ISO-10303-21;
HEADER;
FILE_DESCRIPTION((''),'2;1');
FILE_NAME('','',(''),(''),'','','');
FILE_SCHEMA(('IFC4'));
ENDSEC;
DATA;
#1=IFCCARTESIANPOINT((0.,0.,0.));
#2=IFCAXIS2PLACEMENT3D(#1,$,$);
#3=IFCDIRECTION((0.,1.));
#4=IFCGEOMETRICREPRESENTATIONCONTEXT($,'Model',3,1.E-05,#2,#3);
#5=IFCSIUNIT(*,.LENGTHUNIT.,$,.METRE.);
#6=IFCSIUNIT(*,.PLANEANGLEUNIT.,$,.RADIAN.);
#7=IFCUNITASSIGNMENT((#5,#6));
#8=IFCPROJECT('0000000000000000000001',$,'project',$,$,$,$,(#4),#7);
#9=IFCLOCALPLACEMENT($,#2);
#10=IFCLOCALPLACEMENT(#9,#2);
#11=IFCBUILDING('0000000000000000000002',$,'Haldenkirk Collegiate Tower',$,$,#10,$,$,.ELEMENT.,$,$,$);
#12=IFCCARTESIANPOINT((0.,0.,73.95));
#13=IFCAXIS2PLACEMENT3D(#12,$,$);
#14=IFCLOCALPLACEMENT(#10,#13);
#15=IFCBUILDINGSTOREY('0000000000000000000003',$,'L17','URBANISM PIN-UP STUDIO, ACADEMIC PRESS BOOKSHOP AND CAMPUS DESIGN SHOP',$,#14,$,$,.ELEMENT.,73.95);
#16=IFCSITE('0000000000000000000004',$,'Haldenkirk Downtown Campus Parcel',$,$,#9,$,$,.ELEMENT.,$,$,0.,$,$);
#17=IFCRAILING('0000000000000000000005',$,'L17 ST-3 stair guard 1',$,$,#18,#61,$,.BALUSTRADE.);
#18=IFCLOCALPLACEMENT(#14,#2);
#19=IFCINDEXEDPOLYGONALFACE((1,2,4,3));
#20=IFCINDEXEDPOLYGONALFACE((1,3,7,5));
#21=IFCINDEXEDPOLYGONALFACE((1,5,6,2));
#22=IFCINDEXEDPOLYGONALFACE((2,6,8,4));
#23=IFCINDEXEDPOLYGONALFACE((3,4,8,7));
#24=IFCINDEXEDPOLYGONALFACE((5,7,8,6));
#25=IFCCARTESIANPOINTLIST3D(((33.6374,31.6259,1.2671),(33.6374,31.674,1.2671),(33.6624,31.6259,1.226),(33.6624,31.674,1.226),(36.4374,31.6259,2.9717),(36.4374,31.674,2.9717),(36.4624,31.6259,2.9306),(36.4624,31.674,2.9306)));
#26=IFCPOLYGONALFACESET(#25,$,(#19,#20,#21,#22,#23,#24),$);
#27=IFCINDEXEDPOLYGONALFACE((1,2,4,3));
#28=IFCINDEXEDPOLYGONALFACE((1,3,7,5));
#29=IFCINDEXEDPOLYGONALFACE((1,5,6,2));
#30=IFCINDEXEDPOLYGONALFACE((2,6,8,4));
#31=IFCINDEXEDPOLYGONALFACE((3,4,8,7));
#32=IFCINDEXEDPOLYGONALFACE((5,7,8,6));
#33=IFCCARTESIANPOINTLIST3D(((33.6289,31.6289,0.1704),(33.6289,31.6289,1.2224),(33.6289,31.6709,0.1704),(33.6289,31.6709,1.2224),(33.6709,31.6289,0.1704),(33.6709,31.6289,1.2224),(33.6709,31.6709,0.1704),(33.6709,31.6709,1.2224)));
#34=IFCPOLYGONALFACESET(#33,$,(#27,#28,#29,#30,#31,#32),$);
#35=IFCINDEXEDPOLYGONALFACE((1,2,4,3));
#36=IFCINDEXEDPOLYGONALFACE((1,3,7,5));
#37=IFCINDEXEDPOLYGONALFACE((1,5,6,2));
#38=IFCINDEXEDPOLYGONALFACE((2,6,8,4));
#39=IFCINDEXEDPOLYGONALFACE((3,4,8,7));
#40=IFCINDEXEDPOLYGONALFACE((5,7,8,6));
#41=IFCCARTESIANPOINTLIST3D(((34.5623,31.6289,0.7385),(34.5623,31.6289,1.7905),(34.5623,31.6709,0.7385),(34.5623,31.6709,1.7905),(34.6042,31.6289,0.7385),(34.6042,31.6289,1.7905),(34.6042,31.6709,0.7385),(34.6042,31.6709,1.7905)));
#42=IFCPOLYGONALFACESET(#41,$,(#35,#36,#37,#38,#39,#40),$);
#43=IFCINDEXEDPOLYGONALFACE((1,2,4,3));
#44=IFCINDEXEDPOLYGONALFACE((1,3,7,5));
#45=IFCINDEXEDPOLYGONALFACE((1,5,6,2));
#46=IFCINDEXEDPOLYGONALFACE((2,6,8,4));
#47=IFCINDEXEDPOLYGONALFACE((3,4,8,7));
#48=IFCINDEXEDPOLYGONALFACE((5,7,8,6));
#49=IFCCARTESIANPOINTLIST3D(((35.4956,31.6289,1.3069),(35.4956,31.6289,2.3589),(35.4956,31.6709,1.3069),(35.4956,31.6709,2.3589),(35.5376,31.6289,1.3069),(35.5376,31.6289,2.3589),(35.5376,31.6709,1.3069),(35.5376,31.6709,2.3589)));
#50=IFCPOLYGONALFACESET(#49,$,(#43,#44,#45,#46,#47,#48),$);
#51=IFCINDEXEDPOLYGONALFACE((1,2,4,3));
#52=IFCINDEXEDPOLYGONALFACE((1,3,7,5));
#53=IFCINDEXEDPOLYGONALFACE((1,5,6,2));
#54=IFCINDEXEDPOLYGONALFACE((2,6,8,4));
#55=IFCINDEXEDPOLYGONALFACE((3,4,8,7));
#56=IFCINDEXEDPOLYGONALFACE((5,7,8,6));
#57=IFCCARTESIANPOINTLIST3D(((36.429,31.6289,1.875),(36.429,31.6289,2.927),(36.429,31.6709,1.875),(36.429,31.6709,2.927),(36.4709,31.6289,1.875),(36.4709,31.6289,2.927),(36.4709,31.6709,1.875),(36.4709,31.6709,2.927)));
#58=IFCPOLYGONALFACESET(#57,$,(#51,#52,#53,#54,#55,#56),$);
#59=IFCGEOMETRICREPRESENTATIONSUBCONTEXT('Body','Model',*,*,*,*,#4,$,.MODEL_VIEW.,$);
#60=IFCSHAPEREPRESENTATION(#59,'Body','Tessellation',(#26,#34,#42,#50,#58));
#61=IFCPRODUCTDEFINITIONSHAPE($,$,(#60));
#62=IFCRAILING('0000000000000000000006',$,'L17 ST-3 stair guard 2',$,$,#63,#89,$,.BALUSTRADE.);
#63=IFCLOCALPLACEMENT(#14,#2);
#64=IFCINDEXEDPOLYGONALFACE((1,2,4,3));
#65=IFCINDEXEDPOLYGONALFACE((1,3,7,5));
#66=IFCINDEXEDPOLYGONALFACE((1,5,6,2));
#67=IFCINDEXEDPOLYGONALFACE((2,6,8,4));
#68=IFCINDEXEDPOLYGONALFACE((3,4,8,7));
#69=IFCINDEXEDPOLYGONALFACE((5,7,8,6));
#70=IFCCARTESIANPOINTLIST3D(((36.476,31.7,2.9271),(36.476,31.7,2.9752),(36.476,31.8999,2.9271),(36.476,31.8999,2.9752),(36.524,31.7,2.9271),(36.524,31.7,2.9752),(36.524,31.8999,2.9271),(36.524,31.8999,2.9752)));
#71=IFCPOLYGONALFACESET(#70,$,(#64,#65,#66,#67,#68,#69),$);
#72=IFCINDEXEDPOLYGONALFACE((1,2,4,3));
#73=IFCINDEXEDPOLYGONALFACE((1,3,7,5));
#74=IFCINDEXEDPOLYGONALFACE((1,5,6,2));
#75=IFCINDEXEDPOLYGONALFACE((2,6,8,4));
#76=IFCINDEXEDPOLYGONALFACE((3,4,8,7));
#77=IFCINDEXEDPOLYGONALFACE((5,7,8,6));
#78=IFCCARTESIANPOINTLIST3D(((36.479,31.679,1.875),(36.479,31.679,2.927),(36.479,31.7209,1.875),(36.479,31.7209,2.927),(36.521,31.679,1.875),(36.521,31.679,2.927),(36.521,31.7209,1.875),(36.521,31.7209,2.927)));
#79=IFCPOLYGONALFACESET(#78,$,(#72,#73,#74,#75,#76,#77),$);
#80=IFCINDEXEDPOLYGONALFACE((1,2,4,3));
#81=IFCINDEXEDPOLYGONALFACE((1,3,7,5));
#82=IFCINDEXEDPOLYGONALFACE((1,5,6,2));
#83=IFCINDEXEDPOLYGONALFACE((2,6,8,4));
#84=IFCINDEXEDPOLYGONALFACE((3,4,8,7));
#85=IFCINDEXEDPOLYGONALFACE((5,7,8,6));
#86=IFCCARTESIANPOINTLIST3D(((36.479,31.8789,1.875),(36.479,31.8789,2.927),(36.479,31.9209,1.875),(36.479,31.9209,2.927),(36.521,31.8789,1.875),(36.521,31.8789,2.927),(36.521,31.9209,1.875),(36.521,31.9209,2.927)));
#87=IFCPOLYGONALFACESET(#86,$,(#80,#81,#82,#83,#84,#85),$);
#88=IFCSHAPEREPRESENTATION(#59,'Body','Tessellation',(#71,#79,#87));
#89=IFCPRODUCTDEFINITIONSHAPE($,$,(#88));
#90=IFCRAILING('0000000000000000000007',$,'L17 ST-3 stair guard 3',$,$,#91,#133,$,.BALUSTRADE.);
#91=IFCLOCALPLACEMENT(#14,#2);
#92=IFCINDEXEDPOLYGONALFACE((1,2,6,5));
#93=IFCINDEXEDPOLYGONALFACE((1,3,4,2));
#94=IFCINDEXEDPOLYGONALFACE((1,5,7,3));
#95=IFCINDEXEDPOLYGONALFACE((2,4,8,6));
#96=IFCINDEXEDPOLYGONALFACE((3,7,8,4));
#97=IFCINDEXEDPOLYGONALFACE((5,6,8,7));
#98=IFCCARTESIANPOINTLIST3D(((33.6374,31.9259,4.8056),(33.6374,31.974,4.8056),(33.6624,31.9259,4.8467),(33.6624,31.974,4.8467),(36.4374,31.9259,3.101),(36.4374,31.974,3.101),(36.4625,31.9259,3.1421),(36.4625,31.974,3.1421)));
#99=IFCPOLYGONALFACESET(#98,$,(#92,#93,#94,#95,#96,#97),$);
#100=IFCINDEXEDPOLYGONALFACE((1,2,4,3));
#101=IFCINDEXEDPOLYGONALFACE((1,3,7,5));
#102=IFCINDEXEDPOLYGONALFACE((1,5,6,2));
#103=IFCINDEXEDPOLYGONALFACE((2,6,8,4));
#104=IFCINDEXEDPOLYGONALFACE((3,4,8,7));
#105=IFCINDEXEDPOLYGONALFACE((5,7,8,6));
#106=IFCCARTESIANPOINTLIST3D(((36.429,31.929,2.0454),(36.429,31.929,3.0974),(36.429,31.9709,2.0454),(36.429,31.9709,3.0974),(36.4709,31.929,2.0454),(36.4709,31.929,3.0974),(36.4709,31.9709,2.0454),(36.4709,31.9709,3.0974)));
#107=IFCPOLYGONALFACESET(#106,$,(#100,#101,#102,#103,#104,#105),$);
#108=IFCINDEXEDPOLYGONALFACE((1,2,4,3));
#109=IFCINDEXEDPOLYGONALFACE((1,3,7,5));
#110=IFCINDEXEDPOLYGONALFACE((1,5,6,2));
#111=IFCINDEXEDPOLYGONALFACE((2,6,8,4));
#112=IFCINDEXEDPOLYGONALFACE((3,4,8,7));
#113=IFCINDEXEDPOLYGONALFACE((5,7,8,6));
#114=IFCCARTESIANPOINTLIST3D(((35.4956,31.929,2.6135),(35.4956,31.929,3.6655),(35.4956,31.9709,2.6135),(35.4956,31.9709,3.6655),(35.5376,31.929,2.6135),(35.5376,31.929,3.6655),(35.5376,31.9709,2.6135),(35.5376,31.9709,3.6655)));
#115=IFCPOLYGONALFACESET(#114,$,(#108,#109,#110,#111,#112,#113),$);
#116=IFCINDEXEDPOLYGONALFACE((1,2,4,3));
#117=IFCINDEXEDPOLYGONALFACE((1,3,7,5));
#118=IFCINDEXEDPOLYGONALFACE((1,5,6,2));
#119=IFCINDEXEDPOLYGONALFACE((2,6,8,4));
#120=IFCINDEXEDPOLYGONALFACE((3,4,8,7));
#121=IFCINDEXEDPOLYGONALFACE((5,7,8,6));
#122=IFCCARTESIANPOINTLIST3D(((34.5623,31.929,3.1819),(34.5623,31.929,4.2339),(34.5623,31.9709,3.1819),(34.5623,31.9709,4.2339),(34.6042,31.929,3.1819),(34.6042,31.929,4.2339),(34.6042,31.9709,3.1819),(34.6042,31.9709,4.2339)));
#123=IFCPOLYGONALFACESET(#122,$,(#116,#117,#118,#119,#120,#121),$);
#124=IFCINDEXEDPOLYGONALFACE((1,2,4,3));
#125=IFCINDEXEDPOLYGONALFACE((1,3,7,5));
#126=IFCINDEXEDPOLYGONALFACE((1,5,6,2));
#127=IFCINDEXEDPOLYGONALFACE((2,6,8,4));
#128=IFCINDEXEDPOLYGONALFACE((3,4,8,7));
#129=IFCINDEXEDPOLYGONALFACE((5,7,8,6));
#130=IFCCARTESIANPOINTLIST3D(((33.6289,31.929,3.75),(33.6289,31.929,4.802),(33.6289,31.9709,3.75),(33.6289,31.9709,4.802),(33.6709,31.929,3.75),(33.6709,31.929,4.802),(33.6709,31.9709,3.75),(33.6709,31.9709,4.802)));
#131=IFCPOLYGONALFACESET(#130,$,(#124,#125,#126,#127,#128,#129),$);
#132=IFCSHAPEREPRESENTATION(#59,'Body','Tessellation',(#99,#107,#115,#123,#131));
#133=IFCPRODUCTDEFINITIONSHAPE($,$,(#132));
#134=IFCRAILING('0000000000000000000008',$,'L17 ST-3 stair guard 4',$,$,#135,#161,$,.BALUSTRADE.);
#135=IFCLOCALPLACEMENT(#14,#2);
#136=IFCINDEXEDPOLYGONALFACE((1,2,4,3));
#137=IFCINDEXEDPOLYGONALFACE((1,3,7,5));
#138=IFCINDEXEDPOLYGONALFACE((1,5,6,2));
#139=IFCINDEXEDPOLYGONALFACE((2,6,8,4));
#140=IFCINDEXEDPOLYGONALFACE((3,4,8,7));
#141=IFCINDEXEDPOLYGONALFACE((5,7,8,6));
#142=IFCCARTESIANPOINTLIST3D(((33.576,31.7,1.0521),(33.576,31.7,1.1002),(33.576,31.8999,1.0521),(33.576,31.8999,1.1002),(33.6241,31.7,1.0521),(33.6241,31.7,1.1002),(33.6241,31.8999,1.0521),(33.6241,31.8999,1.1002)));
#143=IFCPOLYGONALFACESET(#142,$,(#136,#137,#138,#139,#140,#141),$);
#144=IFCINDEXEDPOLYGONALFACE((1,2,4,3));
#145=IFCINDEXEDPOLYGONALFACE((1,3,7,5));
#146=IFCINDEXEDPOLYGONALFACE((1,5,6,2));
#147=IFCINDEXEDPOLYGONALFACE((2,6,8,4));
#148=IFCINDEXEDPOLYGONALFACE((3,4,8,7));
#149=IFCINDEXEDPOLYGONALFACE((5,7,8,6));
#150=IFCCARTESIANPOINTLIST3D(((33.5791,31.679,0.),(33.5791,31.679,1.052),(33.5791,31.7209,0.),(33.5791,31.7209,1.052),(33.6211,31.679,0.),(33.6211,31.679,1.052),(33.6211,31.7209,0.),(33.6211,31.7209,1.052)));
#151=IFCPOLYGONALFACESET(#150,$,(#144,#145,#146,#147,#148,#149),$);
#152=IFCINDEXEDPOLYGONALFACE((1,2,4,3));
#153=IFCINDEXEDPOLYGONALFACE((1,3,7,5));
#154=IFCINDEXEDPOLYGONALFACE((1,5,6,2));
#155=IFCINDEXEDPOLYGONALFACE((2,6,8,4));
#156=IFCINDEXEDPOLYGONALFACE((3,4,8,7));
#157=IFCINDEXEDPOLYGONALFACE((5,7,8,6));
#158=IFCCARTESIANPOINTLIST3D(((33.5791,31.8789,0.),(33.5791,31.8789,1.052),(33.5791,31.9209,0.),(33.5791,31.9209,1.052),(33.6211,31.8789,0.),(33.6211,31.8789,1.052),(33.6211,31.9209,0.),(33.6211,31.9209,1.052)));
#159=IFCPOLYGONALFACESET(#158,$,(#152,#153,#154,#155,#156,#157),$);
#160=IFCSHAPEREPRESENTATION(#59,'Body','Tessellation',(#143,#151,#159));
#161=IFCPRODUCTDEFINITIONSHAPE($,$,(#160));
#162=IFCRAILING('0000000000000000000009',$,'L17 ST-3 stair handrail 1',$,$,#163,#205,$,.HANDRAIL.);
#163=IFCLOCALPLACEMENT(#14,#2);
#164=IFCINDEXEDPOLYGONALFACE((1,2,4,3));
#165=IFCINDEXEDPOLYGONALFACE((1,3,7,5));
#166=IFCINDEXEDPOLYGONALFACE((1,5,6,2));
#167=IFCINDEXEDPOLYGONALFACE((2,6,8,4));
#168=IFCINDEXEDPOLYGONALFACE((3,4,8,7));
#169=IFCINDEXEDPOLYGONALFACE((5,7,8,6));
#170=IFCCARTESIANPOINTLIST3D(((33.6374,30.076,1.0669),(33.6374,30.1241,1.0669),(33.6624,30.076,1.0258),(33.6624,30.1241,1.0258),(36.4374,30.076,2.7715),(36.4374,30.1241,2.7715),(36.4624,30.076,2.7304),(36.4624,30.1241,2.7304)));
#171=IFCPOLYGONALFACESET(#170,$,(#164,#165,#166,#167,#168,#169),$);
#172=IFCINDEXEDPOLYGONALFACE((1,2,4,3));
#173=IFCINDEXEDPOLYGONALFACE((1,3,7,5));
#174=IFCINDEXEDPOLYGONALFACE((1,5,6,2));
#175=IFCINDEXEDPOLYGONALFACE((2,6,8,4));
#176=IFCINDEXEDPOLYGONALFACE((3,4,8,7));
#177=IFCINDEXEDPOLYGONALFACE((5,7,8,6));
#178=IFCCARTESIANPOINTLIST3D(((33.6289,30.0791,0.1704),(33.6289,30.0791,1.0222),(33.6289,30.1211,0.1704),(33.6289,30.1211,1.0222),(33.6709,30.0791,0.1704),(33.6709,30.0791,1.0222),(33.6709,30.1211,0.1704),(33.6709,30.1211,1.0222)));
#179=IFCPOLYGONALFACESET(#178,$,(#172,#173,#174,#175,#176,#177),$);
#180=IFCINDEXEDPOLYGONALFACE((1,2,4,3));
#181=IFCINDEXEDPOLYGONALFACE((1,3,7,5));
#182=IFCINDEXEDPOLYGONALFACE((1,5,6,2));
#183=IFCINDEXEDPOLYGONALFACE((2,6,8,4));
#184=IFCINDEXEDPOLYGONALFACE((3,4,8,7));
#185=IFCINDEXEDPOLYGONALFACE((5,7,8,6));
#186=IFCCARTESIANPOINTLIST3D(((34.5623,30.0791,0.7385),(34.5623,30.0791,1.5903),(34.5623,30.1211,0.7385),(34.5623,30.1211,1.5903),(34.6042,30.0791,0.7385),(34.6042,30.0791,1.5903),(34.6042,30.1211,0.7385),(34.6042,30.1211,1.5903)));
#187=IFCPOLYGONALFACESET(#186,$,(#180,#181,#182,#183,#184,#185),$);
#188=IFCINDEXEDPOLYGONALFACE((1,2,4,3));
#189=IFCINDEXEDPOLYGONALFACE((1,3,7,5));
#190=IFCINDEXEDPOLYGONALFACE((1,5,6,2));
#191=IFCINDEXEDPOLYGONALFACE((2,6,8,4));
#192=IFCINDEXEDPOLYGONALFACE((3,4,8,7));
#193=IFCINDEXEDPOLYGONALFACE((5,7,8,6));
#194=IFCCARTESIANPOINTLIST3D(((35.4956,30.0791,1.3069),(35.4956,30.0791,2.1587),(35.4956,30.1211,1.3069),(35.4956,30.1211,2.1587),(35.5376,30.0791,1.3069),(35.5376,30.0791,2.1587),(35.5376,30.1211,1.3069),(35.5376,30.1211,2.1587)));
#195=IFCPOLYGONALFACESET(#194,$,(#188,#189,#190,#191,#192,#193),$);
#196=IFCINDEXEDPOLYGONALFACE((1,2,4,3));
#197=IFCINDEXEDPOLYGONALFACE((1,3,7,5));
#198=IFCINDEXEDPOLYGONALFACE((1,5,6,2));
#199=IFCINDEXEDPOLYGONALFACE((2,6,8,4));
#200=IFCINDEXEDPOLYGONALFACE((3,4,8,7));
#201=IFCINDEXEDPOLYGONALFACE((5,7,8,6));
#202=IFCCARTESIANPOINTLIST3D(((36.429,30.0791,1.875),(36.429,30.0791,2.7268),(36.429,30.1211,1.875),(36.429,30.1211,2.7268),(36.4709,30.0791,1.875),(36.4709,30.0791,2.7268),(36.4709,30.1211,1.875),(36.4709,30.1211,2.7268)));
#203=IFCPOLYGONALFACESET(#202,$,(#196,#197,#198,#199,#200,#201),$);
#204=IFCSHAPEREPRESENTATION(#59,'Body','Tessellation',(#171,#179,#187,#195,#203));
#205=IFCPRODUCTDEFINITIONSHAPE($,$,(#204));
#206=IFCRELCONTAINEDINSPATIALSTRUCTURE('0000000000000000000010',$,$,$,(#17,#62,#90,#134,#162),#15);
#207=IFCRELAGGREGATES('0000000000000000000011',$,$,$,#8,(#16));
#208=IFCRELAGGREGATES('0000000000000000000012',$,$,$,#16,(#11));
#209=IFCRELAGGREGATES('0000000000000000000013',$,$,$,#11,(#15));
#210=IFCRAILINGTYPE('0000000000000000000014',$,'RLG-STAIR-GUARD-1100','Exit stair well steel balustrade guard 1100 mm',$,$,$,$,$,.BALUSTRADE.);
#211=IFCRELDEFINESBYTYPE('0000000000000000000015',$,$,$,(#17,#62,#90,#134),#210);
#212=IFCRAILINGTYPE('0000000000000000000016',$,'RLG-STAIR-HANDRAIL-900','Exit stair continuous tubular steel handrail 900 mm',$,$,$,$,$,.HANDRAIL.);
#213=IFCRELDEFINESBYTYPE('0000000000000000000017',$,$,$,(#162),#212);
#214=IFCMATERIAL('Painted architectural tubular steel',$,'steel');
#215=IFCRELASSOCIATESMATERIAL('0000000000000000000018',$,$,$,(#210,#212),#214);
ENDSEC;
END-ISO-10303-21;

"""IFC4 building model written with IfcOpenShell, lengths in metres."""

from ifc_helpers import new_model, si_unit, direction, frame, origin, origin_2d, place, context, subcontext, project, spatial, rectangle, extrude, material, type_object, element, save


model = new_model("IFC4")

# Units and contexts
model_context = context("Model", 3, precision=1e-05, world=origin(), true_north=direction((0.0, 1.0)))
body_context = subcontext(model_context, "Body", "Model", "MODEL_VIEW")
ifc_project = project(units=[si_unit("LENGTHUNIT", "METRE"), si_unit("PLANEANGLEUNIT", "RADIAN")], contexts=[model_context])

# Site, building, storey
site_placement = place(None, origin())
site = spatial("IfcSite", under=ifc_project, at=site_placement, Name="Haldenkirk Downtown Campus Parcel", CompositionType="ELEMENT", RefElevation=0.0)
building_placement = place(site_placement, origin())
building = spatial("IfcBuilding", under=site, at=building_placement, Name="Haldenkirk Collegiate Tower", CompositionType="ELEMENT")
storey_placement = place(building_placement, frame((0.0, 0.0, 73.95)))
storey = spatial("IfcBuildingStorey", under=building, at=storey_placement, Name="L17", Description="URBANISM PIN-UP STUDIO, ACADEMIC PRESS BOOKSHOP AND CAMPUS DESIGN SHOP", CompositionType="ELEMENT", Elevation=73.95)

# Railings
ifc_material_1 = material(Name="Painted architectural tubular steel", Category="steel")
railing_type_1 = type_object("IfcRailingType", Name="RLG-STAIR-GUARD-1100", Description="Exit stair well steel balustrade guard 1100 mm", PredefinedType="BALUSTRADE", material=ifc_material_1)
railing_1_placement = place(storey_placement, frame((33.6499, 31.6499, 0.1704)))
element("IfcRailing", 1, at=railing_1_placement, inside=storey, type_object=railing_type_1, Name="L17 ST-3 stair guard 1", PredefinedType="BALUSTRADE", context=body_context, shape_type="SweptSolid", body=[
    extrude(rectangle(XDim=0.0481, YDim=0.0481, at=origin_2d()), frame((0.0, 0.0, 1.0762), z_axis=(0.85417, 0.0, 0.519994), x_axis=(0.0, 1.0, 0.0)), (0.0, 0.0, 1.0), 3.2781),
    extrude(rectangle(XDim=0.042, YDim=0.042, at=origin_2d()), origin(), (0.0, 0.0, 1.0), 1.052),
    extrude(rectangle(XDim=0.042, YDim=0.042, at=origin_2d()), frame((0.9333, 0.0, 0.5681)), (0.0, 0.0, 1.0), 1.052),
    extrude(rectangle(XDim=0.042, YDim=0.042, at=origin_2d()), frame((1.8667, 0.0, 1.1365)), (0.0, 0.0, 1.0), 1.052),
    extrude(rectangle(XDim=0.042, YDim=0.042, at=origin_2d()), frame((2.8, 0.0, 1.7046)), (0.0, 0.0, 1.0), 1.052),
])
railing_2_placement = place(storey_placement, frame((36.5, 31.7, 1.875)))
element("IfcRailing", 2, at=railing_2_placement, inside=storey, type_object=railing_type_1, Name="L17 ST-3 stair guard 2", PredefinedType="BALUSTRADE", context=body_context, shape_type="SweptSolid", body=[
    extrude(rectangle(XDim=0.0481, YDim=0.0481, at=origin_2d()), frame((0.0, 0.0, 1.0762), z_axis=(0.0, 1.0, 0.0), x_axis=(-1.0, 0.0, 0.0)), (0.0, 0.0, 1.0), 0.2),
    extrude(rectangle(XDim=0.042, YDim=0.042, at=origin_2d()), origin(), (0.0, 0.0, 1.0), 1.052),
    extrude(rectangle(XDim=0.042, YDim=0.042, at=origin_2d()), frame((0.0, 0.2, 0.0)), (0.0, 0.0, 1.0), 1.052),
])
railing_3_placement = place(storey_placement, frame((36.45, 31.95, 2.0454)))
element("IfcRailing", 3, at=railing_3_placement, inside=storey, type_object=railing_type_1, Name="L17 ST-3 stair guard 3", PredefinedType="BALUSTRADE", context=body_context, shape_type="SweptSolid", body=[
    extrude(rectangle(XDim=0.0481, YDim=0.0481, at=origin_2d()), frame((0.0, 0.0, 1.0762), z_axis=(-0.85417, 0.0, 0.519994), x_axis=(0.0, -1.0, 0.0)), (0.0, 0.0, 1.0), 3.2781),
    extrude(rectangle(XDim=0.042, YDim=0.042, at=origin_2d()), origin(), (0.0, 0.0, 1.0), 1.052),
    extrude(rectangle(XDim=0.042, YDim=0.042, at=origin_2d()), frame((-0.9333, 0.0, 0.5681)), (0.0, 0.0, 1.0), 1.052),
    extrude(rectangle(XDim=0.042, YDim=0.042, at=origin_2d()), frame((-1.8667, 0.0, 1.1365)), (0.0, 0.0, 1.0), 1.052),
    extrude(rectangle(XDim=0.042, YDim=0.042, at=origin_2d()), frame((-2.8, 0.0, 1.7046)), (0.0, 0.0, 1.0), 1.052),
])
railing_4_placement = place(storey_placement, frame((33.6001, 31.7, 0.0)))
element("IfcRailing", 4, at=railing_4_placement, inside=storey, type_object=railing_type_1, Name="L17 ST-3 stair guard 4", PredefinedType="BALUSTRADE", context=body_context, shape_type="SweptSolid", body=[
    extrude(rectangle(XDim=0.0481, YDim=0.0481, at=origin_2d()), frame((0.0, 0.0, 1.0762), z_axis=(0.0, 1.0, 0.0), x_axis=(-1.0, 0.0, 0.0)), (0.0, 0.0, 1.0), 0.2),
    extrude(rectangle(XDim=0.042, YDim=0.042, at=origin_2d()), origin(), (0.0, 0.0, 1.0), 1.052),
    extrude(rectangle(XDim=0.042, YDim=0.042, at=origin_2d()), frame((0.0, 0.2, 0.0)), (0.0, 0.0, 1.0), 1.052),
])
railing_type_2 = type_object("IfcRailingType", Name="RLG-STAIR-HANDRAIL-900", Description="Exit stair continuous tubular steel handrail 900 mm", PredefinedType="HANDRAIL", material=ifc_material_1)
railing_5_placement = place(storey_placement, frame((33.6499, 30.1001, 0.1704)))
element("IfcRailing", 5, at=railing_5_placement, inside=storey, type_object=railing_type_2, Name="L17 ST-3 stair handrail 1", PredefinedType="HANDRAIL", context=body_context, shape_type="SweptSolid", body=[
    extrude(rectangle(XDim=0.0481, YDim=0.0481, at=origin_2d()), frame((0.0, 0.0, 0.876), z_axis=(0.85417, 0.0, 0.519994), x_axis=(0.0, 1.0, 0.0)), (0.0, 0.0, 1.0), 3.2781),
    extrude(rectangle(XDim=0.042, YDim=0.042, at=origin_2d()), origin(), (0.0, 0.0, 1.0), 0.8518),
    extrude(rectangle(XDim=0.042, YDim=0.042, at=origin_2d()), frame((0.9333, 0.0, 0.5681)), (0.0, 0.0, 1.0), 0.8518),
    extrude(rectangle(XDim=0.042, YDim=0.042, at=origin_2d()), frame((1.8667, 0.0, 1.1365)), (0.0, 0.0, 1.0), 0.8518),
    extrude(rectangle(XDim=0.042, YDim=0.042, at=origin_2d()), frame((2.8, 0.0, 1.7046)), (0.0, 0.0, 1.0), 0.8518),
])

save(model, "model.ifc")
